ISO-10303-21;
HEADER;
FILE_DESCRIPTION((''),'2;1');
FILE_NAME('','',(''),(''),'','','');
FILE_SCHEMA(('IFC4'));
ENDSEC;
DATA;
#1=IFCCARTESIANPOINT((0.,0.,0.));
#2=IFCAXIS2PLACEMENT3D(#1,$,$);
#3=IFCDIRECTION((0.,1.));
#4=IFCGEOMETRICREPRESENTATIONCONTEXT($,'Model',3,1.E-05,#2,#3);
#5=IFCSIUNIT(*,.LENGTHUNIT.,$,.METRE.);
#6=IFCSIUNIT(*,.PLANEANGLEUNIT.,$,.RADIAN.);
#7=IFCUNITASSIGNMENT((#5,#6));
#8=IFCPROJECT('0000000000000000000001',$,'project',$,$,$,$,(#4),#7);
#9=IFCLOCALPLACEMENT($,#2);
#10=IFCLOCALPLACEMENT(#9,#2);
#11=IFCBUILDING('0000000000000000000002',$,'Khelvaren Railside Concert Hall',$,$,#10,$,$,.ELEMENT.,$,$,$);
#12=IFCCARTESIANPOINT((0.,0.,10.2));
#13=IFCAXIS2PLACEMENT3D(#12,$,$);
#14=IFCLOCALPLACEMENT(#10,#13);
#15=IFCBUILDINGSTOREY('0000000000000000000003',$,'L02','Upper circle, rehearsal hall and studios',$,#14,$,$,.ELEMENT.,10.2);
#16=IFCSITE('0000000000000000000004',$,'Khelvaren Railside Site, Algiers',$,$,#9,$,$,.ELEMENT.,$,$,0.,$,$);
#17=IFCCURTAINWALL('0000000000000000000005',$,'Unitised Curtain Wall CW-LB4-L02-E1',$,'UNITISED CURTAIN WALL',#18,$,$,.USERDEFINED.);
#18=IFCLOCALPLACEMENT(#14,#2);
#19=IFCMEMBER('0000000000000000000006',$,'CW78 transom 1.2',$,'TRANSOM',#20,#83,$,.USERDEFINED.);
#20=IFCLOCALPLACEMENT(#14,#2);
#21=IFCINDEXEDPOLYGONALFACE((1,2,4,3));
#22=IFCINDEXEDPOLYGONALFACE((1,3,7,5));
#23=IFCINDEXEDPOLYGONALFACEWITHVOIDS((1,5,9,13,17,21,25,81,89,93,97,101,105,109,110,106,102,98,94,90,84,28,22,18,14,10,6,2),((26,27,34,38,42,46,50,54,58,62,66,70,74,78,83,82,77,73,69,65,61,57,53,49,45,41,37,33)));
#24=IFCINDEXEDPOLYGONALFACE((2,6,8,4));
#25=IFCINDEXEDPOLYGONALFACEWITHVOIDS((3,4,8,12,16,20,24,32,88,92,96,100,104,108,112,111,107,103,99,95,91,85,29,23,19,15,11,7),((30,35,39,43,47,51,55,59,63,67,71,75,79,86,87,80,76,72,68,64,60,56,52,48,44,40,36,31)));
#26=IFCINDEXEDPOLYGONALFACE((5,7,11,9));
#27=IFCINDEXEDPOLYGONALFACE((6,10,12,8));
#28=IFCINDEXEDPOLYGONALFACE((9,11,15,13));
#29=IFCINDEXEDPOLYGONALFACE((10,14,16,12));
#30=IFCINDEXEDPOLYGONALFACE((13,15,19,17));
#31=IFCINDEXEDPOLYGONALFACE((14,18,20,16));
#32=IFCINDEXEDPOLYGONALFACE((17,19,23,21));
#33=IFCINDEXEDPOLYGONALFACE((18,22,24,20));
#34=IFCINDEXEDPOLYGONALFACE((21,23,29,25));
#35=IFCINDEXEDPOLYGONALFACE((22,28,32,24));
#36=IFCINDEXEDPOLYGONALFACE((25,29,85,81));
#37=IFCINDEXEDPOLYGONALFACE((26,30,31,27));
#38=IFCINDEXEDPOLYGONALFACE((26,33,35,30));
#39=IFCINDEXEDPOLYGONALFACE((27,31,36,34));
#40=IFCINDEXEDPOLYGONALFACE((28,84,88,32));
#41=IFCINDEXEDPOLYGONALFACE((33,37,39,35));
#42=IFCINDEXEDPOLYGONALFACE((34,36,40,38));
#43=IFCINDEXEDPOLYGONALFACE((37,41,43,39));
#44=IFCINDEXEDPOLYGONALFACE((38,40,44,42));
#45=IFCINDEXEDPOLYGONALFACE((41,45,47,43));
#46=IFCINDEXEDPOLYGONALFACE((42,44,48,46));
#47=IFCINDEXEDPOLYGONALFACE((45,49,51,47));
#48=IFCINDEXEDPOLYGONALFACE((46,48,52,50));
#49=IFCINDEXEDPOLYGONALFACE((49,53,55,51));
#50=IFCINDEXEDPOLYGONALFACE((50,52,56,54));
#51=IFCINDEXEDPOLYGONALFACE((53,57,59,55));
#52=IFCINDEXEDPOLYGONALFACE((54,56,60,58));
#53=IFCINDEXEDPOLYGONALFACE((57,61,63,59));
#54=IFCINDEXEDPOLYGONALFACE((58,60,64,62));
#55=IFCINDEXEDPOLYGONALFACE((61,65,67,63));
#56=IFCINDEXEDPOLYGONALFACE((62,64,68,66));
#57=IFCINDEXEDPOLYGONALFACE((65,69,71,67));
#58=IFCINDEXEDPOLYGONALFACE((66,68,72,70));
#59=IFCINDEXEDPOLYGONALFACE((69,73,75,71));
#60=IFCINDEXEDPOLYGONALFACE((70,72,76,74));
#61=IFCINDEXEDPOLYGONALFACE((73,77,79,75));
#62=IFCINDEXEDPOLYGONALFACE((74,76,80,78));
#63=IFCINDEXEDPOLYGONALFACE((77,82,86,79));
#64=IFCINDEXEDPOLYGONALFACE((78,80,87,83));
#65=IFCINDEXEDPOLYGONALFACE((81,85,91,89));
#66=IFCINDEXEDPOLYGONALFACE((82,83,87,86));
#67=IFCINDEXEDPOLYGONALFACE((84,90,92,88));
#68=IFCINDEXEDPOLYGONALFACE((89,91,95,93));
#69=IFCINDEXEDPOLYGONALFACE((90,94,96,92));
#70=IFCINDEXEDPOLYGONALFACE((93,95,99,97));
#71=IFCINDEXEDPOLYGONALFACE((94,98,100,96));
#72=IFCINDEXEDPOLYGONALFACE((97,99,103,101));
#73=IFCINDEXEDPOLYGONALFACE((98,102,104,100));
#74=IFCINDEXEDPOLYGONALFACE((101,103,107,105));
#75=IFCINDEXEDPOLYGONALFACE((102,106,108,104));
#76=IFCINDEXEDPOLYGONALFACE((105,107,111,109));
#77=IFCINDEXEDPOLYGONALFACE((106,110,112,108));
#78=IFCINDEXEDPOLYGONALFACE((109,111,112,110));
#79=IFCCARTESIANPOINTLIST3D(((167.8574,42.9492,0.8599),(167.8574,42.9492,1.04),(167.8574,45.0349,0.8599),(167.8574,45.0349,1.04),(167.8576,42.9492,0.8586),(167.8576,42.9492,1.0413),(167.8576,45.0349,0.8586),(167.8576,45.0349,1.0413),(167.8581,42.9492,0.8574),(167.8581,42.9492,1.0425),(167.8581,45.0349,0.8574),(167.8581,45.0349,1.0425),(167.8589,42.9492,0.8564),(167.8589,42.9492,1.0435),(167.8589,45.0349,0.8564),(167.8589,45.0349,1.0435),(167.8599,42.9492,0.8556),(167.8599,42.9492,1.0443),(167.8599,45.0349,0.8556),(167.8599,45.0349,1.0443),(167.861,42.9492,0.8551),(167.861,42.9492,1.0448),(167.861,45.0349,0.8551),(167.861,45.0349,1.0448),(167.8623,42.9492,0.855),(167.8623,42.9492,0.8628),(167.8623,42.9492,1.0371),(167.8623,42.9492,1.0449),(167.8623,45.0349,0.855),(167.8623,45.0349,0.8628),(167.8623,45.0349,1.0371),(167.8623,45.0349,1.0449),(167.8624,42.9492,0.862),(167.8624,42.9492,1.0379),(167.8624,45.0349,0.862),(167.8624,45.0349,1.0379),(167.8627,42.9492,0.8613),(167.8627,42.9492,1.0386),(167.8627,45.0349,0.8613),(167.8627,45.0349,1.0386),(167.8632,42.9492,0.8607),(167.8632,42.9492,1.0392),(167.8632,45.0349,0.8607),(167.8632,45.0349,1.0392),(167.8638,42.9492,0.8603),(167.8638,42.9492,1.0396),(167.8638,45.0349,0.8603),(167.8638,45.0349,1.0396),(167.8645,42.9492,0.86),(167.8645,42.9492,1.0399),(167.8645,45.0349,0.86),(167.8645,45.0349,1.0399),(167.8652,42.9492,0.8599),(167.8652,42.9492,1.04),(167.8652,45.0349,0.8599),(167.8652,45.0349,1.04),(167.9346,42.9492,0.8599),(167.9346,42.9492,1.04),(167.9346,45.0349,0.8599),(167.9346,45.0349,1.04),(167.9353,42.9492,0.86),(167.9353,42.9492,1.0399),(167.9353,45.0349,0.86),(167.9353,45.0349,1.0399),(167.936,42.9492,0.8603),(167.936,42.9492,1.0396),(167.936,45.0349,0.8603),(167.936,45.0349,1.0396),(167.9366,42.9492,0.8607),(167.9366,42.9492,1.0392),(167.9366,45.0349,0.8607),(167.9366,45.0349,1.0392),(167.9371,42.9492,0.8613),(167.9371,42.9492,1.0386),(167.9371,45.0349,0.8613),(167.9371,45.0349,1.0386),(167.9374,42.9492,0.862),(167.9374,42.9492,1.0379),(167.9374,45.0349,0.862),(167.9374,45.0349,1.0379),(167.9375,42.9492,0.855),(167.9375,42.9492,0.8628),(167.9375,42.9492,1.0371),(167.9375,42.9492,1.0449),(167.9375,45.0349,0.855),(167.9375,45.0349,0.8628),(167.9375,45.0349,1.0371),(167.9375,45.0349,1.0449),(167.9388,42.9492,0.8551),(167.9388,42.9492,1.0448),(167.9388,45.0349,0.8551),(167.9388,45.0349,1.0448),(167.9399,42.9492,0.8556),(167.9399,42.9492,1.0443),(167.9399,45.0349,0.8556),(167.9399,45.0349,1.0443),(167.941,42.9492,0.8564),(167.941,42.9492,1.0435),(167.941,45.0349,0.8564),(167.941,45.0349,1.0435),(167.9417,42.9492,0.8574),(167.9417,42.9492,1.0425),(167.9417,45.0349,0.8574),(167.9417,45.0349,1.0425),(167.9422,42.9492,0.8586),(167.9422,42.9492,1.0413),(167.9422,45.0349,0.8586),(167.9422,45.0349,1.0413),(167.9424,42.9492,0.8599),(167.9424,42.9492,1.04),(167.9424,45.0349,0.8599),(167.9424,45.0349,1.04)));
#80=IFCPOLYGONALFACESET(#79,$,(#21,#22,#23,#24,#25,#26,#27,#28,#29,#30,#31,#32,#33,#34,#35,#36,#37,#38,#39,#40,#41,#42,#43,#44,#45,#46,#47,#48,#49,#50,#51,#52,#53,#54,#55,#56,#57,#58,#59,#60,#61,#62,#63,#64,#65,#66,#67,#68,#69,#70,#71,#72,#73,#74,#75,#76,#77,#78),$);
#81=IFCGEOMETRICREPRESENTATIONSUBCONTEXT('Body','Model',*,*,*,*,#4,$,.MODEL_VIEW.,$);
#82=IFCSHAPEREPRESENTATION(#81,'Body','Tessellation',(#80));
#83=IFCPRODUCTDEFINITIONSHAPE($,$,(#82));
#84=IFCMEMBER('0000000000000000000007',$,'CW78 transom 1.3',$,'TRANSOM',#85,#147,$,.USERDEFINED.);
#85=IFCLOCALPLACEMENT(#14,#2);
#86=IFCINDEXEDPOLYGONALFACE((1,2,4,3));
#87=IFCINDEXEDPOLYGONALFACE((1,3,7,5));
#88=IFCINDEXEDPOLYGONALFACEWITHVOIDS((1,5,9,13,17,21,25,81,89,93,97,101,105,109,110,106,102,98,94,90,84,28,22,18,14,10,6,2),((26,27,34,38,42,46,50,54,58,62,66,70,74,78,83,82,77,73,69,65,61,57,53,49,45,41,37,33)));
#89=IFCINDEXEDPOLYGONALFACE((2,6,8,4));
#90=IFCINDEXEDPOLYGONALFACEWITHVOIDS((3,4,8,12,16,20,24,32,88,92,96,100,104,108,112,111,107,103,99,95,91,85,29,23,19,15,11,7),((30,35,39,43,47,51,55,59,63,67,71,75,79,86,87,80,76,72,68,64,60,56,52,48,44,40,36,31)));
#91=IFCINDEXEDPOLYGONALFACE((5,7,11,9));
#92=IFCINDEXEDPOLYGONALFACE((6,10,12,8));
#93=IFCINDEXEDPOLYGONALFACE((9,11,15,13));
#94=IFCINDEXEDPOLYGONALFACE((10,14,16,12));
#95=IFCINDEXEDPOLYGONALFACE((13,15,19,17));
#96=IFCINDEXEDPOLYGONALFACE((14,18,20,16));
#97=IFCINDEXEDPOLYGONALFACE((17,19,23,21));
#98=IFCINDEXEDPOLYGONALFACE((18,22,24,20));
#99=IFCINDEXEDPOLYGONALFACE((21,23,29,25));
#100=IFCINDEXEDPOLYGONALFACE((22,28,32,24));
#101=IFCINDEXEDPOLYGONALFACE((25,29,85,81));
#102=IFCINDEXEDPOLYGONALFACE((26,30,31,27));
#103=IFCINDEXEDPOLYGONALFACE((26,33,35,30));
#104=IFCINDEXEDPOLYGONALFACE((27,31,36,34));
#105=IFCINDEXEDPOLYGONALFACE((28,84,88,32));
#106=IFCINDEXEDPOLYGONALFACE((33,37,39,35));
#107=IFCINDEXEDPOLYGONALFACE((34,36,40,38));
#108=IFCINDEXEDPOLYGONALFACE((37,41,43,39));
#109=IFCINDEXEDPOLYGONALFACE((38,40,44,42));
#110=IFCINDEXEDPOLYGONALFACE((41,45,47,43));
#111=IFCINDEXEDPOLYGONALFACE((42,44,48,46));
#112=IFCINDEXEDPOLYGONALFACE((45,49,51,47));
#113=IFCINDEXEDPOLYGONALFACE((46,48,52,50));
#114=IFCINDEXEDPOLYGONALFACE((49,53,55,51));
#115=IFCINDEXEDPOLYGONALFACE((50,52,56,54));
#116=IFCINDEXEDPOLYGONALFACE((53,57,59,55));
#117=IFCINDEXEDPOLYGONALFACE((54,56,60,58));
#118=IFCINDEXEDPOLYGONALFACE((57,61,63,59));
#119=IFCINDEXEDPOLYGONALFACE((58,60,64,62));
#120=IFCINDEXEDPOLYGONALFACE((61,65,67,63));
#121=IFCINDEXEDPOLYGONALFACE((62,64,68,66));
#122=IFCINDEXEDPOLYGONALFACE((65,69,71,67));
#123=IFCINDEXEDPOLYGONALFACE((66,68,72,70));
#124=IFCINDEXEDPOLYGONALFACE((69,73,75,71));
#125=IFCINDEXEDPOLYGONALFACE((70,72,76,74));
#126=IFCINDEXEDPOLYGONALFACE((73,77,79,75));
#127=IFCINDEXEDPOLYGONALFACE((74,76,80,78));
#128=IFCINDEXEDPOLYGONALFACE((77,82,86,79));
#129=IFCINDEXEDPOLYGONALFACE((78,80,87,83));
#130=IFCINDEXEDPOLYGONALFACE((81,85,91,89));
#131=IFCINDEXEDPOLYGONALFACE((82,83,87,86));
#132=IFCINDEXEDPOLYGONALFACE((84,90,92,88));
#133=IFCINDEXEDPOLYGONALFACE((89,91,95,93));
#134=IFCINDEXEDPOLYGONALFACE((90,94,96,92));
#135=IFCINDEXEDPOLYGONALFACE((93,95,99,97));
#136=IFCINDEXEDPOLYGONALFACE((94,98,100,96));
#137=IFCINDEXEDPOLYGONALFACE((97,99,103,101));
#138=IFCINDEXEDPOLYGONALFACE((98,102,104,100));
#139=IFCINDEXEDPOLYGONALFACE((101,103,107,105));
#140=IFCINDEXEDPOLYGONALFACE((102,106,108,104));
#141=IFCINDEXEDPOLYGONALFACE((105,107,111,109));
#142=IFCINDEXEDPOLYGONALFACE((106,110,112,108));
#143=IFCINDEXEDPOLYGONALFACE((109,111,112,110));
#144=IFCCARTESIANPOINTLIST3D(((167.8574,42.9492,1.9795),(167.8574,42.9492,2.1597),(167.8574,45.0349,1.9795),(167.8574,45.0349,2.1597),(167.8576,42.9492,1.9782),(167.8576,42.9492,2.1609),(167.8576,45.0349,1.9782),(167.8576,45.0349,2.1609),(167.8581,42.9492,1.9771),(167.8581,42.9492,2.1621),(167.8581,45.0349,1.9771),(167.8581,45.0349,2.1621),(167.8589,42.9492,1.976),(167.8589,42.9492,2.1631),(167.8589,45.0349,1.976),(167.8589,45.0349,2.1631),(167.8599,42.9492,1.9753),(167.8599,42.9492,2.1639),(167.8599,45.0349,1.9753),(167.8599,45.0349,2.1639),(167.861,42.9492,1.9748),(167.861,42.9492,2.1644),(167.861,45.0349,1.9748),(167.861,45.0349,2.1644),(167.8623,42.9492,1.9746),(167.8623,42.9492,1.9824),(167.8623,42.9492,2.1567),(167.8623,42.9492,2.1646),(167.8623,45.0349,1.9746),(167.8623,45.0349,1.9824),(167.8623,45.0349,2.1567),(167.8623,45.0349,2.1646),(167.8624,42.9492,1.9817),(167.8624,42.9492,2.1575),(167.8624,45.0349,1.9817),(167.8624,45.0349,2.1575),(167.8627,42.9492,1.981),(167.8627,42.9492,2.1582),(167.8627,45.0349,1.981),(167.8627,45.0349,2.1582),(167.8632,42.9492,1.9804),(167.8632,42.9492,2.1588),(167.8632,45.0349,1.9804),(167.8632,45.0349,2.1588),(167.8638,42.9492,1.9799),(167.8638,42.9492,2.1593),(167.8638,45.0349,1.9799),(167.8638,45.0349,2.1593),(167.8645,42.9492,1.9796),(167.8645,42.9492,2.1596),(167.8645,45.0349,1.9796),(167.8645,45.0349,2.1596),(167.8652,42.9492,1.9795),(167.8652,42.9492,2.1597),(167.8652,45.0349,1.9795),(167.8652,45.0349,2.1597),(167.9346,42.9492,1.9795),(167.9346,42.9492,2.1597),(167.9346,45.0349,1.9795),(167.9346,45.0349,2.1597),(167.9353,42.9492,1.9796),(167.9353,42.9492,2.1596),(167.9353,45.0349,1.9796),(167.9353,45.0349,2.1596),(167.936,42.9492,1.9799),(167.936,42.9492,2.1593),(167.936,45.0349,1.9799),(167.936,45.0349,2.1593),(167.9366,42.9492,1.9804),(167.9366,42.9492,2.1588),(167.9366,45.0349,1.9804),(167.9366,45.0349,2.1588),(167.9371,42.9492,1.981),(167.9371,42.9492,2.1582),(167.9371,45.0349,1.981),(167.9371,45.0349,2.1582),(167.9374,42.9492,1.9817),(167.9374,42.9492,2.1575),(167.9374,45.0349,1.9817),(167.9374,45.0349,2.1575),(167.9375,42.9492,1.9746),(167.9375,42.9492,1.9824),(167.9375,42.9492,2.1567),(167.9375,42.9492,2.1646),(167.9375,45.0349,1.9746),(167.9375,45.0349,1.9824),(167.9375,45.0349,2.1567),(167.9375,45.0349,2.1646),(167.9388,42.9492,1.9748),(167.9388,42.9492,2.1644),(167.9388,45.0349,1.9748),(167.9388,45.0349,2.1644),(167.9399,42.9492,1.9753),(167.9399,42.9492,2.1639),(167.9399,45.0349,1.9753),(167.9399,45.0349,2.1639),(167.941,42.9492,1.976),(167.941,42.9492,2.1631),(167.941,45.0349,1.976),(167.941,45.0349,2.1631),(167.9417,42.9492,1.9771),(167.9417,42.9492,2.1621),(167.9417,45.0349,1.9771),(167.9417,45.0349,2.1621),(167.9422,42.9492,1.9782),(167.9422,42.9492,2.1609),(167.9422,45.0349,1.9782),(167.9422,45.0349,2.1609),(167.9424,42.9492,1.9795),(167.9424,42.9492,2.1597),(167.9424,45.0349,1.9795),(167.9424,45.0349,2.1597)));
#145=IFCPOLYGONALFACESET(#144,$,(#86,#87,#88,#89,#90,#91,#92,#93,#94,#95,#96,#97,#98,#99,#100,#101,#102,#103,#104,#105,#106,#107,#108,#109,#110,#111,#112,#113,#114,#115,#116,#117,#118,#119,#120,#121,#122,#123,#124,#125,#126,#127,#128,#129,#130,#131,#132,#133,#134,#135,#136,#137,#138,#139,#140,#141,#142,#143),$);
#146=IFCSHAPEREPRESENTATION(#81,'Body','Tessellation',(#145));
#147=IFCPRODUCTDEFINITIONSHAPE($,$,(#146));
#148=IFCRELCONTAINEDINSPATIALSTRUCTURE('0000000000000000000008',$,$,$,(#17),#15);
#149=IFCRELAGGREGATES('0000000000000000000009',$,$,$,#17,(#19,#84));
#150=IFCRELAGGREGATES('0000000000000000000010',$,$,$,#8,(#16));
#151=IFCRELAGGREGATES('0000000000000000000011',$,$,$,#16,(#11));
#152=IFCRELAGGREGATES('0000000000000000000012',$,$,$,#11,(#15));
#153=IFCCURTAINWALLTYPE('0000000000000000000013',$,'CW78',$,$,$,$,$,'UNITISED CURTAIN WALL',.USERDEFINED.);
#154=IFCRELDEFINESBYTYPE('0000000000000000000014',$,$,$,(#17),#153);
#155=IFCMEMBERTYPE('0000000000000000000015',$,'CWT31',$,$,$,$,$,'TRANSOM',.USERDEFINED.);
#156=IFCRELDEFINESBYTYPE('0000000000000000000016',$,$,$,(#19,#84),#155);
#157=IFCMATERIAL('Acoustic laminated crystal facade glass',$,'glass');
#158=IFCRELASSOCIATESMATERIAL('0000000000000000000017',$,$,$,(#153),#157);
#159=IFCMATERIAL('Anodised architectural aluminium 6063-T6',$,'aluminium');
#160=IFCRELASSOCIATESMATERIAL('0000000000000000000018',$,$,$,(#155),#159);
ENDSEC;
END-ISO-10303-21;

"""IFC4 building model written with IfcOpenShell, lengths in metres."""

from ifc_helpers import new_model, si_unit, direction, frame, origin, origin_2d, place, context, subcontext, project, spatial, hollow_rectangle, extrude, material, material_profile, profile_set, type_object, element, aggregate, save


model = new_model("IFC4")

# Units and contexts
model_context = context("Model", 3, precision=1e-05, world=origin(), true_north=direction((0.0, 1.0)))
body_context = subcontext(model_context, "Body", "Model", "MODEL_VIEW")
ifc_project = project(units=[si_unit("LENGTHUNIT", "METRE"), si_unit("PLANEANGLEUNIT", "RADIAN")], contexts=[model_context])

# Site, building, storey
site_placement = place(None, origin())
site = spatial("IfcSite", under=ifc_project, at=site_placement, Name="Khelvaren Railside Site, Algiers", CompositionType="ELEMENT", RefElevation=0.0)
building_placement = place(site_placement, origin())
building = spatial("IfcBuilding", under=site, at=building_placement, Name="Khelvaren Railside Concert Hall", CompositionType="ELEMENT")
storey_placement = place(building_placement, frame((0.0, 0.0, 10.2)))
storey = spatial("IfcBuildingStorey", under=building, at=storey_placement, Name="L02", Description="Upper circle, rehearsal hall and studios", CompositionType="ELEMENT", Elevation=10.2)

# Curtain wall, members
ifc_material_1 = material(Name="Acoustic laminated crystal facade glass", Category="glass")
curtain_wall_type = type_object("IfcCurtainWallType", Name="CW78", ElementType="UNITISED CURTAIN WALL", PredefinedType="USERDEFINED", material=ifc_material_1)
curtain_wall_placement = place(storey_placement, origin())
curtain_wall = element("IfcCurtainWall", 1, at=curtain_wall_placement, inside=storey, type_object=curtain_wall_type, Name="Unitised Curtain Wall CW-LB4-L02-E1", ObjectType="UNITISED CURTAIN WALL", PredefinedType="USERDEFINED")
ifc_material_2 = material(Name="Anodised architectural aluminium 6063-T6", Category="aluminium")
ifc_material_profile_1 = material_profile(ifc_material_2, hollow_rectangle(XDim=0.085, YDim=0.1899, WallThickness=0.0049, InnerFilletRadius=0.0029, OuterFilletRadius=0.0049, at=origin_2d()), Name="CWT 85x190x5")
ifc_profile_set_1 = profile_set([ifc_material_profile_1], Name="Anodised architectural aluminium 6063-T6")
member_type_1 = type_object("IfcMemberType", Name="CWT31", ElementType="TRANSOM", PredefinedType="USERDEFINED", material=ifc_profile_set_1)
member_1_placement = place(storey_placement, frame((167.8999, 45.0349, 0.95), z_axis=(0.0, -1.0, 0.0), x_axis=(1.0, 0.0, 0.0)))
member_1 = element("IfcMember", 2, at=member_1_placement, type_object=member_type_1, Name="CW78 transom 1.2", ObjectType="TRANSOM", PredefinedType="USERDEFINED", context=body_context, shape_type="SweptSolid", body=[
    extrude(hollow_rectangle(XDim=0.085, YDim=0.1899, WallThickness=0.0049, InnerFilletRadius=0.0029, OuterFilletRadius=0.0049, at=origin_2d()), origin(), (0.0, 0.0, 1.0), 2.0857),
])
member_2_placement = place(storey_placement, frame((167.8999, 45.0349, 2.0696), z_axis=(0.0, -1.0, 0.0), x_axis=(1.0, 0.0, 0.0)))
member_2 = element("IfcMember", 3, at=member_2_placement, type_object=member_type_1, Name="CW78 transom 1.3", ObjectType="TRANSOM", PredefinedType="USERDEFINED", context=body_context, shape_type="SweptSolid", body=[
    extrude(hollow_rectangle(XDim=0.085, YDim=0.1899, WallThickness=0.0049, InnerFilletRadius=0.0029, OuterFilletRadius=0.0049, at=origin_2d()), origin(), (0.0, 0.0, 1.0), 2.0857),
])

aggregate(curtain_wall, [member_1, member_2])

save(model, "model.ifc")
